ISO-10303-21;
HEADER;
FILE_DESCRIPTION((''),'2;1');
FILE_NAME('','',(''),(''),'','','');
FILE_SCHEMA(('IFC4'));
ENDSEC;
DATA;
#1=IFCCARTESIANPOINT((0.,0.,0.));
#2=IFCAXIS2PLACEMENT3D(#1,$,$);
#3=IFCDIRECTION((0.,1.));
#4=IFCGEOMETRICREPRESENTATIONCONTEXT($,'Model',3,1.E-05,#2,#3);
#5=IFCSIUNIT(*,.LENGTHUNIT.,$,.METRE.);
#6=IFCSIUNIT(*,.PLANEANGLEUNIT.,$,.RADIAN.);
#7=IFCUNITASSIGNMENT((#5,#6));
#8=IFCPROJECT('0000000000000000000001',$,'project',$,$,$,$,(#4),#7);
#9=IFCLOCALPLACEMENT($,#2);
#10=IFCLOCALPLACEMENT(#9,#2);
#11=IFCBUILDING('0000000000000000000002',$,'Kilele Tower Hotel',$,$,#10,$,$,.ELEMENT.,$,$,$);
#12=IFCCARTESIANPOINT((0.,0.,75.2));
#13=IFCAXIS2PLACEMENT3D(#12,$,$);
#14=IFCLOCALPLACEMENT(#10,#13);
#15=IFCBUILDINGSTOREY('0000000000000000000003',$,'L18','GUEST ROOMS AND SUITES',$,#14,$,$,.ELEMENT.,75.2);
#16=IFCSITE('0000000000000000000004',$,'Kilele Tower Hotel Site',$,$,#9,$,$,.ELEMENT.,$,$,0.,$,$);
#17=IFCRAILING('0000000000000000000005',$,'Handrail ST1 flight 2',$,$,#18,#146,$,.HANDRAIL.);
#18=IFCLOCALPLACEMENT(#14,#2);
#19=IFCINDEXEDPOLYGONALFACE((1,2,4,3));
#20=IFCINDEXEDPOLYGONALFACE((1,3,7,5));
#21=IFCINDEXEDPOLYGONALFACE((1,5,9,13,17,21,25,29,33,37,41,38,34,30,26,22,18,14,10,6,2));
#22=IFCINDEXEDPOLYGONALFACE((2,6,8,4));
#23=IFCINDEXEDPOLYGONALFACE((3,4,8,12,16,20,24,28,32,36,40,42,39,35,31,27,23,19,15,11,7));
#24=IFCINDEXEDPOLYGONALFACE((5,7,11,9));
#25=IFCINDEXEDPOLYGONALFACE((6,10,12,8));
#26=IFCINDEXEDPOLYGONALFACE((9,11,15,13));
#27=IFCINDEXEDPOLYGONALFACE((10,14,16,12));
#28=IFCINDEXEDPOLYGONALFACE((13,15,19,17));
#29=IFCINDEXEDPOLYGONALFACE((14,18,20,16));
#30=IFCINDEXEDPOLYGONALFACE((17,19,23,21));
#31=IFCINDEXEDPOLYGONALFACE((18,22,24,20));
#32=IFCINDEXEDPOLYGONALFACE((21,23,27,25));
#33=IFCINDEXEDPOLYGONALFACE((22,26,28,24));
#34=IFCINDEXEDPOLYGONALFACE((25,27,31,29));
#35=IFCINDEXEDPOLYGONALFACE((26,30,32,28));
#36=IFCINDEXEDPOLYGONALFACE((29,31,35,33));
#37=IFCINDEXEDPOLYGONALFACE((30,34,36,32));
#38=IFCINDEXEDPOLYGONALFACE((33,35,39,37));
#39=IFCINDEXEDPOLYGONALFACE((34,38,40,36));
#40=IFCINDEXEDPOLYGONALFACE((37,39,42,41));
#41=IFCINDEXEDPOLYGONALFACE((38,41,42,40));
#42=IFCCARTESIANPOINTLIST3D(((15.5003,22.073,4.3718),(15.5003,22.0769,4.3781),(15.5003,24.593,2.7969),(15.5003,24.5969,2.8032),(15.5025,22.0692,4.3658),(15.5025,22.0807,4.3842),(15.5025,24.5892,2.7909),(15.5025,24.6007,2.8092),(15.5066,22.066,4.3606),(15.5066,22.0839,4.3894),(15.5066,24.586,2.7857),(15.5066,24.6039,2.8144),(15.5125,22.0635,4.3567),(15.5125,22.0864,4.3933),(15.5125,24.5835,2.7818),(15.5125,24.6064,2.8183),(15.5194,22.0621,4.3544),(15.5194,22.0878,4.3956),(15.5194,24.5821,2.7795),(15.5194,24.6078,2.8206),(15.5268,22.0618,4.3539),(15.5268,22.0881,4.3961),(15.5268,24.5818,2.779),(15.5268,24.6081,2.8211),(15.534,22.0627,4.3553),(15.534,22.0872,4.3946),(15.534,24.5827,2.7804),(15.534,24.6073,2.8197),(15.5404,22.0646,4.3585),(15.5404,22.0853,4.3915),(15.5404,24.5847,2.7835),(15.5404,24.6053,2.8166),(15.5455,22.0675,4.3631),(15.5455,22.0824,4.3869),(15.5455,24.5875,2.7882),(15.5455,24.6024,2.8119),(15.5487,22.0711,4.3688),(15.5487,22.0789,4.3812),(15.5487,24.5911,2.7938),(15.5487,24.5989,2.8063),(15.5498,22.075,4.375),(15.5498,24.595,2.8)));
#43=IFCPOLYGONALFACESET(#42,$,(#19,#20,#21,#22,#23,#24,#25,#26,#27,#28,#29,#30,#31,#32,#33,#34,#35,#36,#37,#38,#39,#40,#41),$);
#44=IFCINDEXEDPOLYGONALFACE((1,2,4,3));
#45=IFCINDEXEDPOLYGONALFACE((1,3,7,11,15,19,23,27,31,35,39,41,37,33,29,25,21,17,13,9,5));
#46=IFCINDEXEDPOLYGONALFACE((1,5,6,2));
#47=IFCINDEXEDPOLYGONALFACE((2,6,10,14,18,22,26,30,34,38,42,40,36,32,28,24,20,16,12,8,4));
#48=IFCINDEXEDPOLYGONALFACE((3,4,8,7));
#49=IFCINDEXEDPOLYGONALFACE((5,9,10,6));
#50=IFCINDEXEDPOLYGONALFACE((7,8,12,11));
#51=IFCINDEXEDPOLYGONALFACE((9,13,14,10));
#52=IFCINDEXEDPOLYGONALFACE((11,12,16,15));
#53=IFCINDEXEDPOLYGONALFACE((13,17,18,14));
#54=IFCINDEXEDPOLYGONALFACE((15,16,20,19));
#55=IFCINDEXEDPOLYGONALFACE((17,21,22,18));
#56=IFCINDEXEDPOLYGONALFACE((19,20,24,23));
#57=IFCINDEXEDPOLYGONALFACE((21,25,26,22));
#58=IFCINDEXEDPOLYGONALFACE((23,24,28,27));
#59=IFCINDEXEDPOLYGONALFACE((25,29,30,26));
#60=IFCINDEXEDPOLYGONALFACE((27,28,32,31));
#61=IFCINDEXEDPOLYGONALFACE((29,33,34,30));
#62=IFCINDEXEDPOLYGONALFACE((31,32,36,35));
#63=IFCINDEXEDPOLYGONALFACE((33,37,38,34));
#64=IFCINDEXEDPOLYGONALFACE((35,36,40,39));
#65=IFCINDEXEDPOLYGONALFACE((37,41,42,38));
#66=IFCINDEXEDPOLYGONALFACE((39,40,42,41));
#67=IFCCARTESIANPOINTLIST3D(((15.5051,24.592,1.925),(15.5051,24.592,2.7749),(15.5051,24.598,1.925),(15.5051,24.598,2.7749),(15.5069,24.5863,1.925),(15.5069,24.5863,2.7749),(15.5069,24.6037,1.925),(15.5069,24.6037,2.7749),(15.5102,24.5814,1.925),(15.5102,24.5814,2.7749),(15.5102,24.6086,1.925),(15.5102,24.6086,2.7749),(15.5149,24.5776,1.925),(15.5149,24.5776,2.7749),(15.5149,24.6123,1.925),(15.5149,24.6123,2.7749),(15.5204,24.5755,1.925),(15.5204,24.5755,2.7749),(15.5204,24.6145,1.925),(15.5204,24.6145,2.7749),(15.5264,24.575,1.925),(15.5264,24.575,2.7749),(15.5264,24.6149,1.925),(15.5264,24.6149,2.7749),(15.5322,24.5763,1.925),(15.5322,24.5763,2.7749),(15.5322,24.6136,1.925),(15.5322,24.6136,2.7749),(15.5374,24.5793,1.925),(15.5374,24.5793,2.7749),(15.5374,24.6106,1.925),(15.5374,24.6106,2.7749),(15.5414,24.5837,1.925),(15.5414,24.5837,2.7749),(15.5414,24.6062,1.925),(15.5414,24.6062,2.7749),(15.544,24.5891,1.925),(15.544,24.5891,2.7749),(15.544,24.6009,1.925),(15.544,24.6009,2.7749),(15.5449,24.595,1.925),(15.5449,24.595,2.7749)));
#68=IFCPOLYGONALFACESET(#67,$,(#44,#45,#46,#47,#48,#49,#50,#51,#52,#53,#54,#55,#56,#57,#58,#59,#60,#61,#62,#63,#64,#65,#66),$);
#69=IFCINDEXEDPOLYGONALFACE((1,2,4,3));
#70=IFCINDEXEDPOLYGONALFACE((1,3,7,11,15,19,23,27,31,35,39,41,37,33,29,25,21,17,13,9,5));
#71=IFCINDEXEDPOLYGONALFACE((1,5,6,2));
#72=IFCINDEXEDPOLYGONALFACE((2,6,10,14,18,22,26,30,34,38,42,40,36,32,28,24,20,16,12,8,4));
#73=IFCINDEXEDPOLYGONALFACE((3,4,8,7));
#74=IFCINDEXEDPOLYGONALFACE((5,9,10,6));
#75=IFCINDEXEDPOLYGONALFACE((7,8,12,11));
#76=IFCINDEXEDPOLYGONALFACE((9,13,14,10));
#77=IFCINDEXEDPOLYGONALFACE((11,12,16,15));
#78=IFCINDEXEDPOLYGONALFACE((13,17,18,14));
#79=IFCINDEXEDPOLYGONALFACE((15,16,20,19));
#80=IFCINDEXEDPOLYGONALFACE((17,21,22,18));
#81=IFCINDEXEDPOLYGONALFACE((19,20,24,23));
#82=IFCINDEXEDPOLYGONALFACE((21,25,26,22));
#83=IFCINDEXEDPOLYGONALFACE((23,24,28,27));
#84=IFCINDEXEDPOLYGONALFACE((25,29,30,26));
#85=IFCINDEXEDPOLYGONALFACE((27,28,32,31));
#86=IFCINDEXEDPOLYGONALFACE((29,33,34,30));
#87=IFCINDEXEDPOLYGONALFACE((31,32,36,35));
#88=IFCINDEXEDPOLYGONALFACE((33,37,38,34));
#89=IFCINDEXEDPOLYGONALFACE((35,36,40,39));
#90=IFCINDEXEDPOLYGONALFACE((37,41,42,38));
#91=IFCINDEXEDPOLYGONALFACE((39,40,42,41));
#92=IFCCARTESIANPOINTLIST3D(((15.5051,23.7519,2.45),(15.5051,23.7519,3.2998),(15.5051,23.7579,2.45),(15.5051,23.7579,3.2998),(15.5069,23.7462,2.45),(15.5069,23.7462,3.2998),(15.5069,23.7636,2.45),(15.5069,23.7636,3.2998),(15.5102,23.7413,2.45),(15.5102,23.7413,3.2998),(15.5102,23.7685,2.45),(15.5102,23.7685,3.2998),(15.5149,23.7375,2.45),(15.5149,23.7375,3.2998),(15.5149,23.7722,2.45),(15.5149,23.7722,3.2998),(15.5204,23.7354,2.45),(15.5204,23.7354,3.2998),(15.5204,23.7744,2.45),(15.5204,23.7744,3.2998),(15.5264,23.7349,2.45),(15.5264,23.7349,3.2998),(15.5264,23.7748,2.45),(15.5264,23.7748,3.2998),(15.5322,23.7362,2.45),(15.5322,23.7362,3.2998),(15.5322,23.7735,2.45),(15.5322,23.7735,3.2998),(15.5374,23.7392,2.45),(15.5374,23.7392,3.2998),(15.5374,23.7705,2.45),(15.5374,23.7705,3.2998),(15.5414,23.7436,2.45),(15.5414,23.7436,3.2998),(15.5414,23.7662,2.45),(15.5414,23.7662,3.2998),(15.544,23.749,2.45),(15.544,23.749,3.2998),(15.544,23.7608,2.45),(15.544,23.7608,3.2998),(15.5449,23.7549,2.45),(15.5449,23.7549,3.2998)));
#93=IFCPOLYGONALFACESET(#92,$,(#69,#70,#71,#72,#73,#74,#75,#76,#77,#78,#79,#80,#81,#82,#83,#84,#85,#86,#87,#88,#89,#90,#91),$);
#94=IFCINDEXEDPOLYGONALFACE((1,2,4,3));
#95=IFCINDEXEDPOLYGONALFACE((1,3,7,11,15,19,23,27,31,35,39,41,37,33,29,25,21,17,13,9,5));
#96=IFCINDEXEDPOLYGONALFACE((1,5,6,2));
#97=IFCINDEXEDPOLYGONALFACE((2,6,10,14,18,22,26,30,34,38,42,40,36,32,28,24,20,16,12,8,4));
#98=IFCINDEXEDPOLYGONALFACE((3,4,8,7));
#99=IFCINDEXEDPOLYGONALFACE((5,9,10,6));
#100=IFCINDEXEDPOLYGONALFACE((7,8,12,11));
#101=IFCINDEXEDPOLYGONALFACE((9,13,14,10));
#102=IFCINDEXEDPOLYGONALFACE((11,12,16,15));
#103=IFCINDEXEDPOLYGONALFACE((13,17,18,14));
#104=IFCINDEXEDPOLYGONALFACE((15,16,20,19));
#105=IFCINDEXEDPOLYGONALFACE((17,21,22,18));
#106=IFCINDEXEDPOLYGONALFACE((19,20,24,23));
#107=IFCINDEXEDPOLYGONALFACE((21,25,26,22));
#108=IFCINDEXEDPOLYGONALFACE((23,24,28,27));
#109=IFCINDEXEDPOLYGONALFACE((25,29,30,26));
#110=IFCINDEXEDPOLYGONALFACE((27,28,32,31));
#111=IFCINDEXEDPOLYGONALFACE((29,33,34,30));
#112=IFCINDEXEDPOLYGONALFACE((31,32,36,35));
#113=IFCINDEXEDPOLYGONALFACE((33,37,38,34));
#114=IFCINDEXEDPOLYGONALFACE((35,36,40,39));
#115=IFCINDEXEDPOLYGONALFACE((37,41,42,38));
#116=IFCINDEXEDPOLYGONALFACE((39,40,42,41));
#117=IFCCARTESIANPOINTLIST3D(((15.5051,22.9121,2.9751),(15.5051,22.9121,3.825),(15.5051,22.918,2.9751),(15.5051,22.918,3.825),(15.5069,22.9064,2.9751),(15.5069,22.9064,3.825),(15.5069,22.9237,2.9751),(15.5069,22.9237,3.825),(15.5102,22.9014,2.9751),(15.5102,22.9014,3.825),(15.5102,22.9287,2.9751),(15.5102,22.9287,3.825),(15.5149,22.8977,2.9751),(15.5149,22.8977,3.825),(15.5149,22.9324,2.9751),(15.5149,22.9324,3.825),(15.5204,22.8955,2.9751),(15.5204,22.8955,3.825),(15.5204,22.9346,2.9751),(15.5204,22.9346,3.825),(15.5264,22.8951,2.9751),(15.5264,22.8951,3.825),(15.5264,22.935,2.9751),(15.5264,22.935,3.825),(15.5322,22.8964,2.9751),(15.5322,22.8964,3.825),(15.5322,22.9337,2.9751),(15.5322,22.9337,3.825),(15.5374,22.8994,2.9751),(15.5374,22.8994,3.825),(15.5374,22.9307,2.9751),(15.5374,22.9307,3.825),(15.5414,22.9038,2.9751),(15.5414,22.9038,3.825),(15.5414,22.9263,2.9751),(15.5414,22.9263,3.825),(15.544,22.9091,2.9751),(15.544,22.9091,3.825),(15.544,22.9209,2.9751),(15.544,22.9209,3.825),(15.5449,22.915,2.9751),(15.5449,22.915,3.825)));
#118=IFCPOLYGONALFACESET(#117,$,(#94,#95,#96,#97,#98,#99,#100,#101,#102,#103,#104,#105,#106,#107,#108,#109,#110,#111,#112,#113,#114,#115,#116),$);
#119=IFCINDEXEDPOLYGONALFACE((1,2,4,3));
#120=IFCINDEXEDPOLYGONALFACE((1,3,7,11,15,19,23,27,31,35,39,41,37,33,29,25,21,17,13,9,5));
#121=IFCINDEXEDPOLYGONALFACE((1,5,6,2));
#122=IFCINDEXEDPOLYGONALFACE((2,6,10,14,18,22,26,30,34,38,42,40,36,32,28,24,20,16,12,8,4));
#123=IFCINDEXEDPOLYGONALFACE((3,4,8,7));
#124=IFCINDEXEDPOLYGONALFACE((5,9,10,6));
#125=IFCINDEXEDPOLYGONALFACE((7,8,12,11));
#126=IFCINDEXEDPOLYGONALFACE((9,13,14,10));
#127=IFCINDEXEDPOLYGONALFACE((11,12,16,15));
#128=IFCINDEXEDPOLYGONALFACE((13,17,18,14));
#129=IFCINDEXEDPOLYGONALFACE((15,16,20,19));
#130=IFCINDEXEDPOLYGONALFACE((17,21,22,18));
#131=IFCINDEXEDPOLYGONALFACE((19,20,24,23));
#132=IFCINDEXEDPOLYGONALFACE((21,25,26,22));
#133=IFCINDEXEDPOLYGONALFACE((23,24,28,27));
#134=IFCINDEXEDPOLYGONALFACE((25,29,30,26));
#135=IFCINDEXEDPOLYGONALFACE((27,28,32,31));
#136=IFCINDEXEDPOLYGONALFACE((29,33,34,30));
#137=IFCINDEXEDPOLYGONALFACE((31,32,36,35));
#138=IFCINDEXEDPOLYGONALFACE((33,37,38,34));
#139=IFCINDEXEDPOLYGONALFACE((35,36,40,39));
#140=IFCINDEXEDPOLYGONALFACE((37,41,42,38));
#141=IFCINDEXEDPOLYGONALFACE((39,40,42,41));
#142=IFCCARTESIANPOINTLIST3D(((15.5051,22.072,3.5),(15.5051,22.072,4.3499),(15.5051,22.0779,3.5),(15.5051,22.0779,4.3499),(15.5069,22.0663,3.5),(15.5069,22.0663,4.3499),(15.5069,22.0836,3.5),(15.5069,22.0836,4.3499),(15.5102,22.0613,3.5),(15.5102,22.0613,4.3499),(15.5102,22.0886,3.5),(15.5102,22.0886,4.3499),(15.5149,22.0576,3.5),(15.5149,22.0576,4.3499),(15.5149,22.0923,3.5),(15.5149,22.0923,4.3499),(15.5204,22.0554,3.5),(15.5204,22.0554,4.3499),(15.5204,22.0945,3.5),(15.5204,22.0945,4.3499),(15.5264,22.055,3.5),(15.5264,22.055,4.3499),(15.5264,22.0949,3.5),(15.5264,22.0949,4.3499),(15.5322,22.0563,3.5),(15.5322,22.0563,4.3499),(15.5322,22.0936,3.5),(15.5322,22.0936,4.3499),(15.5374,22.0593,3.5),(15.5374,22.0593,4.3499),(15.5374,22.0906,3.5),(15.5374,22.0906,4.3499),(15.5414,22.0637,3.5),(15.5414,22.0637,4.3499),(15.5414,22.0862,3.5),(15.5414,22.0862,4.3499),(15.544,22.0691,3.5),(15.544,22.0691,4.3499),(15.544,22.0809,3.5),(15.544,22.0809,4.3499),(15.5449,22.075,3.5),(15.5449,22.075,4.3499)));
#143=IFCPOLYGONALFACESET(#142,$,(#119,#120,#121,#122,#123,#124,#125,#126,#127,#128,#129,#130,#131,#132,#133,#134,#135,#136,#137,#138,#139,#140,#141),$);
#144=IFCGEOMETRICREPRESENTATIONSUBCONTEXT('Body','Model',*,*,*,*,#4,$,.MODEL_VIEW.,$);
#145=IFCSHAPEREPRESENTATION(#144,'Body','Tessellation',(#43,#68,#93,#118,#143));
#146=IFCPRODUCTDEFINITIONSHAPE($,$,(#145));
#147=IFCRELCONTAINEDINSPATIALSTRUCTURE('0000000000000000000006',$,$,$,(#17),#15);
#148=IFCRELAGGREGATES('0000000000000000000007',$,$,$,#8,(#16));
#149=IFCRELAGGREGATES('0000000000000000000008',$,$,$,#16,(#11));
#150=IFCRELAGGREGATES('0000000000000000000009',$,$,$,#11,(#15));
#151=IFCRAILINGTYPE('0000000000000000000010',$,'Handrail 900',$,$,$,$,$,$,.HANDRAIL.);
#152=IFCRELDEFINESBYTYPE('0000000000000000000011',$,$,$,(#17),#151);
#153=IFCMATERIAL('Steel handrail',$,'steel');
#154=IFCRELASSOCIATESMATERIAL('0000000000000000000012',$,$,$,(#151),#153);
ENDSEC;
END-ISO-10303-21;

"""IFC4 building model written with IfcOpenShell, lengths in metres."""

from ifc_helpers import new_model, si_unit, direction, frame, origin, origin_2d, place, context, subcontext, project, spatial, circle, extrude, material, type_object, element, save


model = new_model("IFC4")

# Units and contexts
model_context = context("Model", 3, precision=1e-05, world=origin(), true_north=direction((0.0, 1.0)))
body_context = subcontext(model_context, "Body", "Model", "MODEL_VIEW")
ifc_project = project(units=[si_unit("LENGTHUNIT", "METRE"), si_unit("PLANEANGLEUNIT", "RADIAN")], contexts=[model_context])

# Site, building, storey
site_placement = place(None, origin())
site = spatial("IfcSite", under=ifc_project, at=site_placement, Name="Kilele Tower Hotel Site", CompositionType="ELEMENT", RefElevation=0.0)
building_placement = place(site_placement, origin())
building = spatial("IfcBuilding", under=site, at=building_placement, Name="Kilele Tower Hotel", CompositionType="ELEMENT")
storey_placement = place(building_placement, frame((0.0, 0.0, 75.2)))
storey = spatial("IfcBuildingStorey", under=building, at=storey_placement, Name="L18", Description="GUEST ROOMS AND SUITES", CompositionType="ELEMENT", Elevation=75.2)

# Railing
ifc_material_1 = material(Name="Steel handrail", Category="steel")
railing_type_1 = type_object("IfcRailingType", Name="Handrail 900", PredefinedType="HANDRAIL", material=ifc_material_1)
for number, where, name in (
    (1, (15.5249, 24.595, 1.925), "Handrail ST1 flight 2"),
):
    element("IfcRailing", number, at=place(storey_placement, frame(where)), inside=storey, type_object=railing_type_1, Name=name, PredefinedType="HANDRAIL", context=body_context, shape_type="SweptSolid", body=[
        extrude(circle(Radius=0.0249, at=origin_2d()), frame((0.0, 0.0, 0.875), z_axis=(0.0, -0.848008, 0.529984), x_axis=(1.0, 0.0, 0.0)), (0.0, 0.0, 1.0), 2.9717),
        extrude(circle(Radius=0.02, at=origin_2d()), origin(), (0.0, 0.0, 1.0), 0.8499),
        extrude(circle(Radius=0.02, at=origin_2d()), frame((0.0, -0.8401, 0.5249)), (0.0, 0.0, 1.0), 0.8499),
        extrude(circle(Radius=0.02, at=origin_2d()), frame((0.0, -1.6799, 1.05)), (0.0, 0.0, 1.0), 0.8499),
        extrude(circle(Radius=0.02, at=origin_2d()), frame((0.0, -2.52, 1.575)), (0.0, 0.0, 1.0), 0.8499),
    ])

save(model, "model.ifc")
